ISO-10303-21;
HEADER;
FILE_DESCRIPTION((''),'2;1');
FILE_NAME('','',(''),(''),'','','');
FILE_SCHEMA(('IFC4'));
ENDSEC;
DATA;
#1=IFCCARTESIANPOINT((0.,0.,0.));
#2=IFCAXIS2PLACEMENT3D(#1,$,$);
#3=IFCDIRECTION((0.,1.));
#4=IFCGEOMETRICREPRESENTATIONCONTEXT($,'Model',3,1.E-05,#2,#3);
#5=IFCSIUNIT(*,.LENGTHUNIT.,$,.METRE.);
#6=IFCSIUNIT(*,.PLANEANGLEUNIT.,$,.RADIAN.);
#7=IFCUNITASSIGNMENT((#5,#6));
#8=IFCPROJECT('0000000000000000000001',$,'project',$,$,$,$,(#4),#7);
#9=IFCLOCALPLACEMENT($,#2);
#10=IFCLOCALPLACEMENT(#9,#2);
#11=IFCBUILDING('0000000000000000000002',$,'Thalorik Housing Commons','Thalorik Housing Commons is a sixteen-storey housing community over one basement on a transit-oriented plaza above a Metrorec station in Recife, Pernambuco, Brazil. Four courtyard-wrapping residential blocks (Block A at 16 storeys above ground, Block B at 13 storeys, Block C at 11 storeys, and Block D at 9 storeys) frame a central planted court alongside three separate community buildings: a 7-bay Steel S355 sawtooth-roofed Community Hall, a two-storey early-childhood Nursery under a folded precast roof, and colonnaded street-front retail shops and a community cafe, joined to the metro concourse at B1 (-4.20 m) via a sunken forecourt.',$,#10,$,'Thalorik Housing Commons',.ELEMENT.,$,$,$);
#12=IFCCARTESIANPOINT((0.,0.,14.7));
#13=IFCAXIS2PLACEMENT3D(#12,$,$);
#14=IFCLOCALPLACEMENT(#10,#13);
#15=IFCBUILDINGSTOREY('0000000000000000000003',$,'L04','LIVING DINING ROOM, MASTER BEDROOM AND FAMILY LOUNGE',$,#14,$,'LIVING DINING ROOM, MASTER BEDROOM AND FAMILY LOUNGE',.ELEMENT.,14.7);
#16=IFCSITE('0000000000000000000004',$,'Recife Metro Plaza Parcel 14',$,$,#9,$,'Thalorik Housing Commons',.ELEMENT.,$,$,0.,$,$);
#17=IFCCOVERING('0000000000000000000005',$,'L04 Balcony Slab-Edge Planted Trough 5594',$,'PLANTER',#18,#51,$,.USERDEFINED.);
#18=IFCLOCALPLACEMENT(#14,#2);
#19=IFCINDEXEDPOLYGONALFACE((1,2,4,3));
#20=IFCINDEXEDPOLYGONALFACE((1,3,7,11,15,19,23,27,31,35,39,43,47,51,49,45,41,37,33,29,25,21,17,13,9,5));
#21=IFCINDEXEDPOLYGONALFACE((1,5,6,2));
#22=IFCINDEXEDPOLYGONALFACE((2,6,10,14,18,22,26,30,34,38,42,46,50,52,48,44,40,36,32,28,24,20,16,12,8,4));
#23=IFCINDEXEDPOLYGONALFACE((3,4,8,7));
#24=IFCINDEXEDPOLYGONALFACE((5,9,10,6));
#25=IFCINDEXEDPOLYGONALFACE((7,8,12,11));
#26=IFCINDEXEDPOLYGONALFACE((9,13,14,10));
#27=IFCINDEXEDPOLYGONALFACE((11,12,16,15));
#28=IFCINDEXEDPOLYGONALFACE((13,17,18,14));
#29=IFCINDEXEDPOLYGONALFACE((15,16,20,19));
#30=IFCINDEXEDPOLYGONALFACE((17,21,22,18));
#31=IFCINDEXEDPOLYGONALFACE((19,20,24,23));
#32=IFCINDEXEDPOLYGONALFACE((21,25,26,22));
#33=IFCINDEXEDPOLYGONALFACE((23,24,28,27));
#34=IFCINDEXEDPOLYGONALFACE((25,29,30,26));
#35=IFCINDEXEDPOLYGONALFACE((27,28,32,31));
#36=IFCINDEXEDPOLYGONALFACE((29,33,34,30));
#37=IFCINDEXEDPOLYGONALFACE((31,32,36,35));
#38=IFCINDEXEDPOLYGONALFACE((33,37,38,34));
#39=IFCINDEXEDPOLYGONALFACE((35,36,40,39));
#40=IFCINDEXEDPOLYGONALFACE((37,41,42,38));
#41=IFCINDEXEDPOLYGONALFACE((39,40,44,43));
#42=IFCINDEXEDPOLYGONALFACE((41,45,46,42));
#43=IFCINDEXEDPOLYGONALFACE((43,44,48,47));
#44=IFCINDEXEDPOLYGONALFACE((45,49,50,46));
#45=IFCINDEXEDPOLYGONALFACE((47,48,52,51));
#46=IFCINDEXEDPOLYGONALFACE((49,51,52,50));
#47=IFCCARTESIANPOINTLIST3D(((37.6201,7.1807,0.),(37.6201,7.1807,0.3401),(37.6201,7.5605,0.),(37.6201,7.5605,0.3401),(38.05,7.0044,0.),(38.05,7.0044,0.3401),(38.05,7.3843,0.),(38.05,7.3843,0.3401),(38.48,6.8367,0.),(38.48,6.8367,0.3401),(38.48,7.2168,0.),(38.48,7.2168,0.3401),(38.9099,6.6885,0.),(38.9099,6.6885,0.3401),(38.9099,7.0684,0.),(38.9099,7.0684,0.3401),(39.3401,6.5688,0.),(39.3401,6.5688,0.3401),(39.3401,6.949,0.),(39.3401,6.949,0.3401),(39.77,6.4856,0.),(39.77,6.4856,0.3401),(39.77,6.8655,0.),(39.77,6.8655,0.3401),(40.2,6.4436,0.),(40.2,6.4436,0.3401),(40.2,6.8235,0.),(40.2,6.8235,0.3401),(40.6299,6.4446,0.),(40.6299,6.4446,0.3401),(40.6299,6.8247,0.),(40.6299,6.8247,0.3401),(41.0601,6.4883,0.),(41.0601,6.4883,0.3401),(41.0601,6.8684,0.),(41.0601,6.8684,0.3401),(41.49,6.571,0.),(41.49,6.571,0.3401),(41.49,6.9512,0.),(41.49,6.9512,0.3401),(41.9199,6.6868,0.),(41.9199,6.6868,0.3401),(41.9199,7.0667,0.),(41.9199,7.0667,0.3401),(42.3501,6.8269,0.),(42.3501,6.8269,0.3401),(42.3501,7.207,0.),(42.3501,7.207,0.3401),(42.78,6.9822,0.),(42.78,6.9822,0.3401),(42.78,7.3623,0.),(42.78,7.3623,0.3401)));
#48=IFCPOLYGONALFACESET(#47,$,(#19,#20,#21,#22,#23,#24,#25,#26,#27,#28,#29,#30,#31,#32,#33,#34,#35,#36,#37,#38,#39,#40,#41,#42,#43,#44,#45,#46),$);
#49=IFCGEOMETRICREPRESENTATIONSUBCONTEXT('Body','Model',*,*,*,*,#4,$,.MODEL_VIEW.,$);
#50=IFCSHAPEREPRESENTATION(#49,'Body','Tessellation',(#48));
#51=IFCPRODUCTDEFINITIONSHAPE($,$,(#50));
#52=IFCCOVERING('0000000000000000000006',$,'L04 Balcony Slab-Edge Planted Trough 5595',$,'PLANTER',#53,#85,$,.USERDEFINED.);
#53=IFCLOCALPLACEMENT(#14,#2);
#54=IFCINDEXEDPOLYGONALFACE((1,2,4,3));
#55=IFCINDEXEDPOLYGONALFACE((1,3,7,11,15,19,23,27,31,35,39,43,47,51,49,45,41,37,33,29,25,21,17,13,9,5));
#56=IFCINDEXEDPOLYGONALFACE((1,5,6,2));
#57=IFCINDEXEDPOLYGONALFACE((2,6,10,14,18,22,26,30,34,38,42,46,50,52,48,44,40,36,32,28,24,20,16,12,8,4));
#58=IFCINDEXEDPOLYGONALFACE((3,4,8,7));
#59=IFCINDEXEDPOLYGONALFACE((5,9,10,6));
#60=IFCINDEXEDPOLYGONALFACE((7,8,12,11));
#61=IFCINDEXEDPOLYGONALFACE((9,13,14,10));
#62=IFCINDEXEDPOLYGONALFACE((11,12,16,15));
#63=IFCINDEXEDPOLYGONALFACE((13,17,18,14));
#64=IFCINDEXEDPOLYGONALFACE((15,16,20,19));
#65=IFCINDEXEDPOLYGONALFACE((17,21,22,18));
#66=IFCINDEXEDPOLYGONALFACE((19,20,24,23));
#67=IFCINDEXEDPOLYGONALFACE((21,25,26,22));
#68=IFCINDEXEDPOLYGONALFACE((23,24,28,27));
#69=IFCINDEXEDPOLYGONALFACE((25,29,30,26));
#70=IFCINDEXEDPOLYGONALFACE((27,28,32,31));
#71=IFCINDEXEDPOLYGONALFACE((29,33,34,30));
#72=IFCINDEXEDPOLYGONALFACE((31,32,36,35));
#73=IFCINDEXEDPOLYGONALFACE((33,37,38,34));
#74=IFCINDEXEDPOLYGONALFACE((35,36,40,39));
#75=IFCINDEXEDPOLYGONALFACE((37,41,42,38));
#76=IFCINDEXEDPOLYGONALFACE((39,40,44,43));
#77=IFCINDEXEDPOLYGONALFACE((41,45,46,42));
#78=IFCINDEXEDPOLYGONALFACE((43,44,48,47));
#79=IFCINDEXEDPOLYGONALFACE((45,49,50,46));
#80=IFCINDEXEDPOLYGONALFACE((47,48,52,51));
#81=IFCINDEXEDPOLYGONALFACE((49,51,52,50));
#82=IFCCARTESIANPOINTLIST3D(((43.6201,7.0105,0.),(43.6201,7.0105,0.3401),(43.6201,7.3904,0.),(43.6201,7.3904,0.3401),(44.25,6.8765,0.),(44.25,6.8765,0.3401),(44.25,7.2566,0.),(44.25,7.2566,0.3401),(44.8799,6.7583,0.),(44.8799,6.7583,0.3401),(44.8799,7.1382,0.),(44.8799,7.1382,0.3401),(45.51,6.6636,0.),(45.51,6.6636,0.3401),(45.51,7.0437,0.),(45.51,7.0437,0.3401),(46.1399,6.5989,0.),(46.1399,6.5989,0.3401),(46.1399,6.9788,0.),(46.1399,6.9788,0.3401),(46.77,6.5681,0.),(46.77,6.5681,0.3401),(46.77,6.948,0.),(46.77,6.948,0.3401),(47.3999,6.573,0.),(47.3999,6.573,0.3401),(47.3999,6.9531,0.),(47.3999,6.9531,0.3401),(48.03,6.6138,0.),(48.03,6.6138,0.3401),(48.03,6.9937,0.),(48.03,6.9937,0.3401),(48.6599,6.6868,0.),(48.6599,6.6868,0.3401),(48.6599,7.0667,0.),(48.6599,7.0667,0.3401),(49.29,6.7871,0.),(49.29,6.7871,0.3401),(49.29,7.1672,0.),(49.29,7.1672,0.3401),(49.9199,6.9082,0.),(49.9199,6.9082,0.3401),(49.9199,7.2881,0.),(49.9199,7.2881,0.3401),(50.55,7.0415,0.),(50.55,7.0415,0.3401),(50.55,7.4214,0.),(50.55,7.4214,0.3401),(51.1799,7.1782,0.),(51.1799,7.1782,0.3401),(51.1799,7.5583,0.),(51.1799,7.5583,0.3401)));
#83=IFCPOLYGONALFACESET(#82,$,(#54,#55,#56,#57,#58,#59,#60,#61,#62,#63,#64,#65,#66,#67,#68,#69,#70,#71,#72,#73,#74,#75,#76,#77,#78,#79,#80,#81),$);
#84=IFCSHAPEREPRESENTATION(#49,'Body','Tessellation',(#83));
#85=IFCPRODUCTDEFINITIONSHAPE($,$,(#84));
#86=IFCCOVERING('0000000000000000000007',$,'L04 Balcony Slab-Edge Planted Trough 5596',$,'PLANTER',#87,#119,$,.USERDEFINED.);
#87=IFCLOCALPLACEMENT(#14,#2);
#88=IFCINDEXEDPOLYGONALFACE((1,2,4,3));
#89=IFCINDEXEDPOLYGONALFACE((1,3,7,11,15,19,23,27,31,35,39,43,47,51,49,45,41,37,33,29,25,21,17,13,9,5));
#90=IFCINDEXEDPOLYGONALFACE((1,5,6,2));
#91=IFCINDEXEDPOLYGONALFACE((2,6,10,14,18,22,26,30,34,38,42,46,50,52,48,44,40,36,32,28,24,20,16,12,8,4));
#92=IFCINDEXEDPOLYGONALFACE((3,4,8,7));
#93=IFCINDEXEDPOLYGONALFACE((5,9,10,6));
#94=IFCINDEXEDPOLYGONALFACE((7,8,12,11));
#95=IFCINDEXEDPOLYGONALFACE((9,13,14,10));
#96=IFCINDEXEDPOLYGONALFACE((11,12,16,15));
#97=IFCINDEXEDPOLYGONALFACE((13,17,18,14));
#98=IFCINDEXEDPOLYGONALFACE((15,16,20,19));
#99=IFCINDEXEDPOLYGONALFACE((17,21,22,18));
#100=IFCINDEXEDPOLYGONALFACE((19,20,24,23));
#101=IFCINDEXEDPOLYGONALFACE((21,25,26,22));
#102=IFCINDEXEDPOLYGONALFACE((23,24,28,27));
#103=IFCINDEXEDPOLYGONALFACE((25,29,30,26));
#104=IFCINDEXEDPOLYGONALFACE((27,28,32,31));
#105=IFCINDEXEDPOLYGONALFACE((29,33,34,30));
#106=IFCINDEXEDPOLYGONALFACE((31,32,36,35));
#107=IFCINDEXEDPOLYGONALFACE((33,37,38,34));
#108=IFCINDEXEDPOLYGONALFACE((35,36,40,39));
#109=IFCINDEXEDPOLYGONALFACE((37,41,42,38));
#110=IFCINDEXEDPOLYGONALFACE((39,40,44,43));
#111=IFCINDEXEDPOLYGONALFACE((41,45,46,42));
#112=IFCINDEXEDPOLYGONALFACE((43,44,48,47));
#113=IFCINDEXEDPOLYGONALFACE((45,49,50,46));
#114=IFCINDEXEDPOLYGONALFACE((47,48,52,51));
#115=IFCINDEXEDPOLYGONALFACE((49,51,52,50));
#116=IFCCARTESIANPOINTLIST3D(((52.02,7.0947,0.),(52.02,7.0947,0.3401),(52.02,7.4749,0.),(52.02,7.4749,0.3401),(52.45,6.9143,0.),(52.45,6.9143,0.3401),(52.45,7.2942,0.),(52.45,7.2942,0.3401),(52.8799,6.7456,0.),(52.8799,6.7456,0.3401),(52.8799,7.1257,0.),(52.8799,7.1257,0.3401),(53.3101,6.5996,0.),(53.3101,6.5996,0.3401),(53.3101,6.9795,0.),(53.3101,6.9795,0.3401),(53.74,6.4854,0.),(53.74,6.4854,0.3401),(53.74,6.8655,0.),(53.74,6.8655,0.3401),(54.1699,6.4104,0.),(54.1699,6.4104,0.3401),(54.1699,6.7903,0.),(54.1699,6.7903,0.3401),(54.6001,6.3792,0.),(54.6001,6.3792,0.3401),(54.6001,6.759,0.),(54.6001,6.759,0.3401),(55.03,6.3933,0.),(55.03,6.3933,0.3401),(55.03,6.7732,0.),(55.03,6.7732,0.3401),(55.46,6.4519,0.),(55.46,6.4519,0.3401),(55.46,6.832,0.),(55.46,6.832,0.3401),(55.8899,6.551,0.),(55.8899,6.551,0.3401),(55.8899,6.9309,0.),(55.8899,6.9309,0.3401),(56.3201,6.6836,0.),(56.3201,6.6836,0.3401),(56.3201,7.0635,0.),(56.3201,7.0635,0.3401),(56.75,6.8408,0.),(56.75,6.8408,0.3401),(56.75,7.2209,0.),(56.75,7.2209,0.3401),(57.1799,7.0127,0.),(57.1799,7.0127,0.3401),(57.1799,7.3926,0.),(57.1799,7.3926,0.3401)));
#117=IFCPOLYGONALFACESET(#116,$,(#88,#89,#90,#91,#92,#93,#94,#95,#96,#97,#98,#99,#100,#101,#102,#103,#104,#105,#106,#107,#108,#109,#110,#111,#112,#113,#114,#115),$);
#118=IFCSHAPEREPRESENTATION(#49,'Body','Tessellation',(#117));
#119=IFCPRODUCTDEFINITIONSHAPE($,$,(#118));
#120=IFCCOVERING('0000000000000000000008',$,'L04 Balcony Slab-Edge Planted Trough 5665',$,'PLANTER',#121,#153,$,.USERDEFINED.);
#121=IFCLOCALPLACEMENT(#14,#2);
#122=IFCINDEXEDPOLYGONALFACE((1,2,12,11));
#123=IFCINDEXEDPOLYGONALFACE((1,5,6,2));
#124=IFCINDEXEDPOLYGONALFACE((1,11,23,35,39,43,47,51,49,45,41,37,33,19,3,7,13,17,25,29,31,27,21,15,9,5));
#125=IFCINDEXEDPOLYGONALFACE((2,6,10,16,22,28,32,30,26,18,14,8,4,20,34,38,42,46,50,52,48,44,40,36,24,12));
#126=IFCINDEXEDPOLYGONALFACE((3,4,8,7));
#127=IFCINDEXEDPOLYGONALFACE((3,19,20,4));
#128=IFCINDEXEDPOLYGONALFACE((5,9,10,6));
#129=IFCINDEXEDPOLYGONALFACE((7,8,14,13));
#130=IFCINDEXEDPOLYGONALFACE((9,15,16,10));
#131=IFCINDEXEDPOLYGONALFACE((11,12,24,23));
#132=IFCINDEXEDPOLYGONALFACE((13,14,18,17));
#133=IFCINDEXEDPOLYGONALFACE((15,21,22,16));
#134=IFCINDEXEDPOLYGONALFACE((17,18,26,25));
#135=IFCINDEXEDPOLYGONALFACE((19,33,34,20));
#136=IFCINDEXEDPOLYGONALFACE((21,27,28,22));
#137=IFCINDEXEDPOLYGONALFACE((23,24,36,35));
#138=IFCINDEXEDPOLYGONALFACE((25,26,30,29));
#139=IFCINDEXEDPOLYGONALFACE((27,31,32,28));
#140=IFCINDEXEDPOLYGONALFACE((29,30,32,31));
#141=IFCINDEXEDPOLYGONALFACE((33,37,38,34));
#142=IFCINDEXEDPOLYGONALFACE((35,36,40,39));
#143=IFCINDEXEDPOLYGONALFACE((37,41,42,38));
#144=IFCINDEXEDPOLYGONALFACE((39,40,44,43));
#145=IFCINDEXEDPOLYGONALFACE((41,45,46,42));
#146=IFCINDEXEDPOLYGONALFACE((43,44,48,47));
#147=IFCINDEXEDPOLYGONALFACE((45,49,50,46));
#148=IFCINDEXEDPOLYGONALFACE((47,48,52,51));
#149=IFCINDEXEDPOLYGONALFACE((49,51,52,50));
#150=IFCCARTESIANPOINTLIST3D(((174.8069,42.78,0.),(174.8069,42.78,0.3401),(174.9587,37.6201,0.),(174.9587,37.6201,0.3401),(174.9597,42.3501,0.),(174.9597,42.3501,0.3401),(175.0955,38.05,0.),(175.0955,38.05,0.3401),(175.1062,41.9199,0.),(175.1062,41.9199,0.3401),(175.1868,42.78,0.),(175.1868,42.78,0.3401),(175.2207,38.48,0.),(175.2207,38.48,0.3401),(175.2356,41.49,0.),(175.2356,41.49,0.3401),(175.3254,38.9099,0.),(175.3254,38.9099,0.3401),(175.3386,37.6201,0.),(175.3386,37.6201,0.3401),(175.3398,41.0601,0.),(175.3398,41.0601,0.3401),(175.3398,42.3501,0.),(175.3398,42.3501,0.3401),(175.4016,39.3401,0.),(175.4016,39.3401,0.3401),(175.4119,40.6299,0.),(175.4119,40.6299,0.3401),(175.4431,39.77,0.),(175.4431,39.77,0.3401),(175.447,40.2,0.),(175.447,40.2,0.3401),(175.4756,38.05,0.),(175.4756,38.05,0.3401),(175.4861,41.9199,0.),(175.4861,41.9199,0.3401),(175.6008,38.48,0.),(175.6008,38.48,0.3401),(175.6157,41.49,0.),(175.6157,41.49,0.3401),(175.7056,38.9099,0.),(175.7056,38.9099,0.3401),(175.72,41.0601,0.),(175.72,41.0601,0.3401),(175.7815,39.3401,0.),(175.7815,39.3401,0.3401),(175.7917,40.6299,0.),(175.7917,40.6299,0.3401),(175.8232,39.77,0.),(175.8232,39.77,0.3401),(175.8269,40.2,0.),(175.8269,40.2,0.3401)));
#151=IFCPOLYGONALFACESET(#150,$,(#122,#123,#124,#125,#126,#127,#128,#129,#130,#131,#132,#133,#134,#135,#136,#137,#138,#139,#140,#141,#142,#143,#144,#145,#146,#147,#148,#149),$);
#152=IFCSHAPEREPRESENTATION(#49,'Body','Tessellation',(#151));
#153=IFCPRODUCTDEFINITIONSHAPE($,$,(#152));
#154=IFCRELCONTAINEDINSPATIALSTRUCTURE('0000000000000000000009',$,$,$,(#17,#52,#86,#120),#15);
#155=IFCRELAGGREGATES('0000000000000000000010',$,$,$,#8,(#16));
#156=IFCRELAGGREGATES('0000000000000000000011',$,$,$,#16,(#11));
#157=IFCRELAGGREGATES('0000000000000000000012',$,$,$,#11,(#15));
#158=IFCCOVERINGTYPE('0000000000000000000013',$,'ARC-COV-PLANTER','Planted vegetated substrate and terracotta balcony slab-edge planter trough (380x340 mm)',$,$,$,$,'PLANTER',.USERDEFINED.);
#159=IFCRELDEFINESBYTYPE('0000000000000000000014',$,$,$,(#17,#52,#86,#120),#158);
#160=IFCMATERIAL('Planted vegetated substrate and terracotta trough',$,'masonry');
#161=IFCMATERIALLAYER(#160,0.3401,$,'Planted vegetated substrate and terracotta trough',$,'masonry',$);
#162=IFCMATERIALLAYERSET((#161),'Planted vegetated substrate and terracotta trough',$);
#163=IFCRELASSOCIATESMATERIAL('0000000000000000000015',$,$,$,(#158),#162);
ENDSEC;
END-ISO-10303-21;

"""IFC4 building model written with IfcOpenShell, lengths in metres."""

from ifc_helpers import new_model, si_unit, direction, frame, origin, place, context, subcontext, project, spatial, polyline, outline, extrude, material, layer, layer_set, type_object, element, save


model = new_model("IFC4")

# Units and contexts
model_context = context("Model", 3, precision=1e-05, world=origin(), true_north=direction((0.0, 1.0)))
body_context = subcontext(model_context, "Body", "Model", "MODEL_VIEW")
ifc_project = project(units=[si_unit("LENGTHUNIT", "METRE"), si_unit("PLANEANGLEUNIT", "RADIAN")], contexts=[model_context])

# Site, building, storey
site_placement = place(None, origin())
site = spatial("IfcSite", under=ifc_project, at=site_placement, Name="Recife Metro Plaza Parcel 14", LongName="Thalorik Housing Commons", CompositionType="ELEMENT", RefElevation=0.0)
building_placement = place(site_placement, origin())
building = spatial("IfcBuilding", under=site, at=building_placement, Name="Thalorik Housing Commons", Description="Thalorik Housing Commons is a sixteen-storey housing community over one basement on a transit-oriented plaza above a Metrorec station in Recife, Pernambuco, Brazil. Four courtyard-wrapping residential blocks (Block A at 16 storeys above ground, Block B at 13 storeys, Block C at 11 storeys, and Block D at 9 storeys) frame a central planted court alongside three separate community buildings: a 7-bay Steel S355 sawtooth-roofed Community Hall, a two-storey early-childhood Nursery under a folded precast roof, and colonnaded street-front retail shops and a community cafe, joined to the metro concourse at B1 (-4.20 m) via a sunken forecourt.", LongName="Thalorik Housing Commons", CompositionType="ELEMENT")
storey_placement = place(building_placement, frame((0.0, 0.0, 14.7)))
storey = spatial("IfcBuildingStorey", under=building, at=storey_placement, Name="L04", Description="LIVING DINING ROOM, MASTER BEDROOM AND FAMILY LOUNGE", LongName="LIVING DINING ROOM, MASTER BEDROOM AND FAMILY LOUNGE", CompositionType="ELEMENT", Elevation=14.7)

# Coverings
ifc_material_1 = material(Name="Planted vegetated substrate and terracotta trough", Category="masonry")
ifc_layer_1 = layer(ifc_material_1, 0.3401, Name="Planted vegetated substrate and terracotta trough", Category="masonry")
ifc_layer_set_1 = layer_set([ifc_layer_1], Name="Planted vegetated substrate and terracotta trough")
covering_type = type_object("IfcCoveringType", Name="ARC-COV-PLANTER", Description="Planted vegetated substrate and terracotta balcony slab-edge planter trough (380x340 mm)", ElementType="PLANTER", PredefinedType="USERDEFINED", material=ifc_layer_set_1)
covering_1_placement = place(storey_placement, origin())
element("IfcCovering", 1, at=covering_1_placement, inside=storey, type_object=covering_type, Name="L04 Balcony Slab-Edge Planted Trough 5594", ObjectType="PLANTER", PredefinedType="USERDEFINED", context=body_context, shape_type="SweptSolid", body=[
    extrude(outline(polyline([(37.6201, 7.1807), (38.05, 7.0044), (38.48, 6.8367), (38.9099, 6.6885), (39.3401, 6.5688), (39.77, 6.4856), (40.2, 6.4436), (40.6299, 6.4446), (41.0601, 6.4883), (41.49, 6.571), (41.9199, 6.6868), (42.3501, 6.8269), (42.78, 6.9822), (42.78, 7.3623), (42.3501, 7.207), (41.9199, 7.0667), (41.49, 6.9512), (41.0601, 6.8684), (40.6299, 6.8247), (40.2, 6.8235), (39.77, 6.8655), (39.3401, 6.949), (38.9099, 7.0684), (38.48, 7.2168), (38.05, 7.3843), (37.6201, 7.5605), (37.6201, 7.1807)])), origin(), (0.0, 0.0, 1.0), 0.3401),
])
covering_2_placement = place(storey_placement, origin())
element("IfcCovering", 2, at=covering_2_placement, inside=storey, type_object=covering_type, Name="L04 Balcony Slab-Edge Planted Trough 5595", ObjectType="PLANTER", PredefinedType="USERDEFINED", context=body_context, shape_type="SweptSolid", body=[
    extrude(outline(polyline([(43.6201, 7.0105), (44.25, 6.8765), (44.8799, 6.7583), (45.51, 6.6636), (46.1399, 6.5989), (46.77, 6.5681), (47.3999, 6.573), (48.03, 6.6138), (48.6599, 6.6868), (49.29, 6.7871), (49.9199, 6.9082), (50.55, 7.0415), (51.1799, 7.1782), (51.1799, 7.5583), (50.55, 7.4214), (49.9199, 7.2881), (49.29, 7.1672), (48.6599, 7.0667), (48.03, 6.9937), (47.3999, 6.9531), (46.77, 6.948), (46.1399, 6.9788), (45.51, 7.0437), (44.8799, 7.1382), (44.25, 7.2566), (43.6201, 7.3904), (43.6201, 7.0105)])), origin(), (0.0, 0.0, 1.0), 0.3401),
])
covering_3_placement = place(storey_placement, origin())
element("IfcCovering", 3, at=covering_3_placement, inside=storey, type_object=covering_type, Name="L04 Balcony Slab-Edge Planted Trough 5596", ObjectType="PLANTER", PredefinedType="USERDEFINED", context=body_context, shape_type="SweptSolid", body=[
    extrude(outline(polyline([(52.02, 7.0947), (52.45, 6.9143), (52.8799, 6.7456), (53.3101, 6.5996), (53.74, 6.4854), (54.1699, 6.4104), (54.6001, 6.3792), (55.03, 6.3933), (55.46, 6.4519), (55.8899, 6.551), (56.3201, 6.6836), (56.75, 6.8408), (57.1799, 7.0127), (57.1799, 7.3926), (56.75, 7.2209), (56.3201, 7.0635), (55.8899, 6.9309), (55.46, 6.832), (55.03, 6.7732), (54.6001, 6.759), (54.1699, 6.7903), (53.74, 6.8655), (53.3101, 6.9795), (52.8799, 7.1257), (52.45, 7.2942), (52.02, 7.4749), (52.02, 7.0947)])), origin(), (0.0, 0.0, 1.0), 0.3401),
])
covering_4_placement = place(storey_placement, origin())
element("IfcCovering", 4, at=covering_4_placement, inside=storey, type_object=covering_type, Name="L04 Balcony Slab-Edge Planted Trough 5665", ObjectType="PLANTER", PredefinedType="USERDEFINED", context=body_context, shape_type="SweptSolid", body=[
    extrude(outline(polyline([(175.3386, 37.6201), (175.4756, 38.05), (175.6008, 38.48), (175.7056, 38.9099), (175.7815, 39.3401), (175.8232, 39.77), (175.8269, 40.2), (175.7917, 40.6299), (175.72, 41.0601), (175.6157, 41.49), (175.4861, 41.9199), (175.3398, 42.3501), (175.1868, 42.78), (174.8069, 42.78), (174.9597, 42.3501), (175.1062, 41.9199), (175.2356, 41.49), (175.3398, 41.0601), (175.4119, 40.6299), (175.447, 40.2), (175.4431, 39.77), (175.4016, 39.3401), (175.3254, 38.9099), (175.2207, 38.48), (175.0955, 38.05), (174.9587, 37.6201), (175.3386, 37.6201)])), origin(), (0.0, 0.0, 1.0), 0.3401),
])

save(model, "model.ifc")
